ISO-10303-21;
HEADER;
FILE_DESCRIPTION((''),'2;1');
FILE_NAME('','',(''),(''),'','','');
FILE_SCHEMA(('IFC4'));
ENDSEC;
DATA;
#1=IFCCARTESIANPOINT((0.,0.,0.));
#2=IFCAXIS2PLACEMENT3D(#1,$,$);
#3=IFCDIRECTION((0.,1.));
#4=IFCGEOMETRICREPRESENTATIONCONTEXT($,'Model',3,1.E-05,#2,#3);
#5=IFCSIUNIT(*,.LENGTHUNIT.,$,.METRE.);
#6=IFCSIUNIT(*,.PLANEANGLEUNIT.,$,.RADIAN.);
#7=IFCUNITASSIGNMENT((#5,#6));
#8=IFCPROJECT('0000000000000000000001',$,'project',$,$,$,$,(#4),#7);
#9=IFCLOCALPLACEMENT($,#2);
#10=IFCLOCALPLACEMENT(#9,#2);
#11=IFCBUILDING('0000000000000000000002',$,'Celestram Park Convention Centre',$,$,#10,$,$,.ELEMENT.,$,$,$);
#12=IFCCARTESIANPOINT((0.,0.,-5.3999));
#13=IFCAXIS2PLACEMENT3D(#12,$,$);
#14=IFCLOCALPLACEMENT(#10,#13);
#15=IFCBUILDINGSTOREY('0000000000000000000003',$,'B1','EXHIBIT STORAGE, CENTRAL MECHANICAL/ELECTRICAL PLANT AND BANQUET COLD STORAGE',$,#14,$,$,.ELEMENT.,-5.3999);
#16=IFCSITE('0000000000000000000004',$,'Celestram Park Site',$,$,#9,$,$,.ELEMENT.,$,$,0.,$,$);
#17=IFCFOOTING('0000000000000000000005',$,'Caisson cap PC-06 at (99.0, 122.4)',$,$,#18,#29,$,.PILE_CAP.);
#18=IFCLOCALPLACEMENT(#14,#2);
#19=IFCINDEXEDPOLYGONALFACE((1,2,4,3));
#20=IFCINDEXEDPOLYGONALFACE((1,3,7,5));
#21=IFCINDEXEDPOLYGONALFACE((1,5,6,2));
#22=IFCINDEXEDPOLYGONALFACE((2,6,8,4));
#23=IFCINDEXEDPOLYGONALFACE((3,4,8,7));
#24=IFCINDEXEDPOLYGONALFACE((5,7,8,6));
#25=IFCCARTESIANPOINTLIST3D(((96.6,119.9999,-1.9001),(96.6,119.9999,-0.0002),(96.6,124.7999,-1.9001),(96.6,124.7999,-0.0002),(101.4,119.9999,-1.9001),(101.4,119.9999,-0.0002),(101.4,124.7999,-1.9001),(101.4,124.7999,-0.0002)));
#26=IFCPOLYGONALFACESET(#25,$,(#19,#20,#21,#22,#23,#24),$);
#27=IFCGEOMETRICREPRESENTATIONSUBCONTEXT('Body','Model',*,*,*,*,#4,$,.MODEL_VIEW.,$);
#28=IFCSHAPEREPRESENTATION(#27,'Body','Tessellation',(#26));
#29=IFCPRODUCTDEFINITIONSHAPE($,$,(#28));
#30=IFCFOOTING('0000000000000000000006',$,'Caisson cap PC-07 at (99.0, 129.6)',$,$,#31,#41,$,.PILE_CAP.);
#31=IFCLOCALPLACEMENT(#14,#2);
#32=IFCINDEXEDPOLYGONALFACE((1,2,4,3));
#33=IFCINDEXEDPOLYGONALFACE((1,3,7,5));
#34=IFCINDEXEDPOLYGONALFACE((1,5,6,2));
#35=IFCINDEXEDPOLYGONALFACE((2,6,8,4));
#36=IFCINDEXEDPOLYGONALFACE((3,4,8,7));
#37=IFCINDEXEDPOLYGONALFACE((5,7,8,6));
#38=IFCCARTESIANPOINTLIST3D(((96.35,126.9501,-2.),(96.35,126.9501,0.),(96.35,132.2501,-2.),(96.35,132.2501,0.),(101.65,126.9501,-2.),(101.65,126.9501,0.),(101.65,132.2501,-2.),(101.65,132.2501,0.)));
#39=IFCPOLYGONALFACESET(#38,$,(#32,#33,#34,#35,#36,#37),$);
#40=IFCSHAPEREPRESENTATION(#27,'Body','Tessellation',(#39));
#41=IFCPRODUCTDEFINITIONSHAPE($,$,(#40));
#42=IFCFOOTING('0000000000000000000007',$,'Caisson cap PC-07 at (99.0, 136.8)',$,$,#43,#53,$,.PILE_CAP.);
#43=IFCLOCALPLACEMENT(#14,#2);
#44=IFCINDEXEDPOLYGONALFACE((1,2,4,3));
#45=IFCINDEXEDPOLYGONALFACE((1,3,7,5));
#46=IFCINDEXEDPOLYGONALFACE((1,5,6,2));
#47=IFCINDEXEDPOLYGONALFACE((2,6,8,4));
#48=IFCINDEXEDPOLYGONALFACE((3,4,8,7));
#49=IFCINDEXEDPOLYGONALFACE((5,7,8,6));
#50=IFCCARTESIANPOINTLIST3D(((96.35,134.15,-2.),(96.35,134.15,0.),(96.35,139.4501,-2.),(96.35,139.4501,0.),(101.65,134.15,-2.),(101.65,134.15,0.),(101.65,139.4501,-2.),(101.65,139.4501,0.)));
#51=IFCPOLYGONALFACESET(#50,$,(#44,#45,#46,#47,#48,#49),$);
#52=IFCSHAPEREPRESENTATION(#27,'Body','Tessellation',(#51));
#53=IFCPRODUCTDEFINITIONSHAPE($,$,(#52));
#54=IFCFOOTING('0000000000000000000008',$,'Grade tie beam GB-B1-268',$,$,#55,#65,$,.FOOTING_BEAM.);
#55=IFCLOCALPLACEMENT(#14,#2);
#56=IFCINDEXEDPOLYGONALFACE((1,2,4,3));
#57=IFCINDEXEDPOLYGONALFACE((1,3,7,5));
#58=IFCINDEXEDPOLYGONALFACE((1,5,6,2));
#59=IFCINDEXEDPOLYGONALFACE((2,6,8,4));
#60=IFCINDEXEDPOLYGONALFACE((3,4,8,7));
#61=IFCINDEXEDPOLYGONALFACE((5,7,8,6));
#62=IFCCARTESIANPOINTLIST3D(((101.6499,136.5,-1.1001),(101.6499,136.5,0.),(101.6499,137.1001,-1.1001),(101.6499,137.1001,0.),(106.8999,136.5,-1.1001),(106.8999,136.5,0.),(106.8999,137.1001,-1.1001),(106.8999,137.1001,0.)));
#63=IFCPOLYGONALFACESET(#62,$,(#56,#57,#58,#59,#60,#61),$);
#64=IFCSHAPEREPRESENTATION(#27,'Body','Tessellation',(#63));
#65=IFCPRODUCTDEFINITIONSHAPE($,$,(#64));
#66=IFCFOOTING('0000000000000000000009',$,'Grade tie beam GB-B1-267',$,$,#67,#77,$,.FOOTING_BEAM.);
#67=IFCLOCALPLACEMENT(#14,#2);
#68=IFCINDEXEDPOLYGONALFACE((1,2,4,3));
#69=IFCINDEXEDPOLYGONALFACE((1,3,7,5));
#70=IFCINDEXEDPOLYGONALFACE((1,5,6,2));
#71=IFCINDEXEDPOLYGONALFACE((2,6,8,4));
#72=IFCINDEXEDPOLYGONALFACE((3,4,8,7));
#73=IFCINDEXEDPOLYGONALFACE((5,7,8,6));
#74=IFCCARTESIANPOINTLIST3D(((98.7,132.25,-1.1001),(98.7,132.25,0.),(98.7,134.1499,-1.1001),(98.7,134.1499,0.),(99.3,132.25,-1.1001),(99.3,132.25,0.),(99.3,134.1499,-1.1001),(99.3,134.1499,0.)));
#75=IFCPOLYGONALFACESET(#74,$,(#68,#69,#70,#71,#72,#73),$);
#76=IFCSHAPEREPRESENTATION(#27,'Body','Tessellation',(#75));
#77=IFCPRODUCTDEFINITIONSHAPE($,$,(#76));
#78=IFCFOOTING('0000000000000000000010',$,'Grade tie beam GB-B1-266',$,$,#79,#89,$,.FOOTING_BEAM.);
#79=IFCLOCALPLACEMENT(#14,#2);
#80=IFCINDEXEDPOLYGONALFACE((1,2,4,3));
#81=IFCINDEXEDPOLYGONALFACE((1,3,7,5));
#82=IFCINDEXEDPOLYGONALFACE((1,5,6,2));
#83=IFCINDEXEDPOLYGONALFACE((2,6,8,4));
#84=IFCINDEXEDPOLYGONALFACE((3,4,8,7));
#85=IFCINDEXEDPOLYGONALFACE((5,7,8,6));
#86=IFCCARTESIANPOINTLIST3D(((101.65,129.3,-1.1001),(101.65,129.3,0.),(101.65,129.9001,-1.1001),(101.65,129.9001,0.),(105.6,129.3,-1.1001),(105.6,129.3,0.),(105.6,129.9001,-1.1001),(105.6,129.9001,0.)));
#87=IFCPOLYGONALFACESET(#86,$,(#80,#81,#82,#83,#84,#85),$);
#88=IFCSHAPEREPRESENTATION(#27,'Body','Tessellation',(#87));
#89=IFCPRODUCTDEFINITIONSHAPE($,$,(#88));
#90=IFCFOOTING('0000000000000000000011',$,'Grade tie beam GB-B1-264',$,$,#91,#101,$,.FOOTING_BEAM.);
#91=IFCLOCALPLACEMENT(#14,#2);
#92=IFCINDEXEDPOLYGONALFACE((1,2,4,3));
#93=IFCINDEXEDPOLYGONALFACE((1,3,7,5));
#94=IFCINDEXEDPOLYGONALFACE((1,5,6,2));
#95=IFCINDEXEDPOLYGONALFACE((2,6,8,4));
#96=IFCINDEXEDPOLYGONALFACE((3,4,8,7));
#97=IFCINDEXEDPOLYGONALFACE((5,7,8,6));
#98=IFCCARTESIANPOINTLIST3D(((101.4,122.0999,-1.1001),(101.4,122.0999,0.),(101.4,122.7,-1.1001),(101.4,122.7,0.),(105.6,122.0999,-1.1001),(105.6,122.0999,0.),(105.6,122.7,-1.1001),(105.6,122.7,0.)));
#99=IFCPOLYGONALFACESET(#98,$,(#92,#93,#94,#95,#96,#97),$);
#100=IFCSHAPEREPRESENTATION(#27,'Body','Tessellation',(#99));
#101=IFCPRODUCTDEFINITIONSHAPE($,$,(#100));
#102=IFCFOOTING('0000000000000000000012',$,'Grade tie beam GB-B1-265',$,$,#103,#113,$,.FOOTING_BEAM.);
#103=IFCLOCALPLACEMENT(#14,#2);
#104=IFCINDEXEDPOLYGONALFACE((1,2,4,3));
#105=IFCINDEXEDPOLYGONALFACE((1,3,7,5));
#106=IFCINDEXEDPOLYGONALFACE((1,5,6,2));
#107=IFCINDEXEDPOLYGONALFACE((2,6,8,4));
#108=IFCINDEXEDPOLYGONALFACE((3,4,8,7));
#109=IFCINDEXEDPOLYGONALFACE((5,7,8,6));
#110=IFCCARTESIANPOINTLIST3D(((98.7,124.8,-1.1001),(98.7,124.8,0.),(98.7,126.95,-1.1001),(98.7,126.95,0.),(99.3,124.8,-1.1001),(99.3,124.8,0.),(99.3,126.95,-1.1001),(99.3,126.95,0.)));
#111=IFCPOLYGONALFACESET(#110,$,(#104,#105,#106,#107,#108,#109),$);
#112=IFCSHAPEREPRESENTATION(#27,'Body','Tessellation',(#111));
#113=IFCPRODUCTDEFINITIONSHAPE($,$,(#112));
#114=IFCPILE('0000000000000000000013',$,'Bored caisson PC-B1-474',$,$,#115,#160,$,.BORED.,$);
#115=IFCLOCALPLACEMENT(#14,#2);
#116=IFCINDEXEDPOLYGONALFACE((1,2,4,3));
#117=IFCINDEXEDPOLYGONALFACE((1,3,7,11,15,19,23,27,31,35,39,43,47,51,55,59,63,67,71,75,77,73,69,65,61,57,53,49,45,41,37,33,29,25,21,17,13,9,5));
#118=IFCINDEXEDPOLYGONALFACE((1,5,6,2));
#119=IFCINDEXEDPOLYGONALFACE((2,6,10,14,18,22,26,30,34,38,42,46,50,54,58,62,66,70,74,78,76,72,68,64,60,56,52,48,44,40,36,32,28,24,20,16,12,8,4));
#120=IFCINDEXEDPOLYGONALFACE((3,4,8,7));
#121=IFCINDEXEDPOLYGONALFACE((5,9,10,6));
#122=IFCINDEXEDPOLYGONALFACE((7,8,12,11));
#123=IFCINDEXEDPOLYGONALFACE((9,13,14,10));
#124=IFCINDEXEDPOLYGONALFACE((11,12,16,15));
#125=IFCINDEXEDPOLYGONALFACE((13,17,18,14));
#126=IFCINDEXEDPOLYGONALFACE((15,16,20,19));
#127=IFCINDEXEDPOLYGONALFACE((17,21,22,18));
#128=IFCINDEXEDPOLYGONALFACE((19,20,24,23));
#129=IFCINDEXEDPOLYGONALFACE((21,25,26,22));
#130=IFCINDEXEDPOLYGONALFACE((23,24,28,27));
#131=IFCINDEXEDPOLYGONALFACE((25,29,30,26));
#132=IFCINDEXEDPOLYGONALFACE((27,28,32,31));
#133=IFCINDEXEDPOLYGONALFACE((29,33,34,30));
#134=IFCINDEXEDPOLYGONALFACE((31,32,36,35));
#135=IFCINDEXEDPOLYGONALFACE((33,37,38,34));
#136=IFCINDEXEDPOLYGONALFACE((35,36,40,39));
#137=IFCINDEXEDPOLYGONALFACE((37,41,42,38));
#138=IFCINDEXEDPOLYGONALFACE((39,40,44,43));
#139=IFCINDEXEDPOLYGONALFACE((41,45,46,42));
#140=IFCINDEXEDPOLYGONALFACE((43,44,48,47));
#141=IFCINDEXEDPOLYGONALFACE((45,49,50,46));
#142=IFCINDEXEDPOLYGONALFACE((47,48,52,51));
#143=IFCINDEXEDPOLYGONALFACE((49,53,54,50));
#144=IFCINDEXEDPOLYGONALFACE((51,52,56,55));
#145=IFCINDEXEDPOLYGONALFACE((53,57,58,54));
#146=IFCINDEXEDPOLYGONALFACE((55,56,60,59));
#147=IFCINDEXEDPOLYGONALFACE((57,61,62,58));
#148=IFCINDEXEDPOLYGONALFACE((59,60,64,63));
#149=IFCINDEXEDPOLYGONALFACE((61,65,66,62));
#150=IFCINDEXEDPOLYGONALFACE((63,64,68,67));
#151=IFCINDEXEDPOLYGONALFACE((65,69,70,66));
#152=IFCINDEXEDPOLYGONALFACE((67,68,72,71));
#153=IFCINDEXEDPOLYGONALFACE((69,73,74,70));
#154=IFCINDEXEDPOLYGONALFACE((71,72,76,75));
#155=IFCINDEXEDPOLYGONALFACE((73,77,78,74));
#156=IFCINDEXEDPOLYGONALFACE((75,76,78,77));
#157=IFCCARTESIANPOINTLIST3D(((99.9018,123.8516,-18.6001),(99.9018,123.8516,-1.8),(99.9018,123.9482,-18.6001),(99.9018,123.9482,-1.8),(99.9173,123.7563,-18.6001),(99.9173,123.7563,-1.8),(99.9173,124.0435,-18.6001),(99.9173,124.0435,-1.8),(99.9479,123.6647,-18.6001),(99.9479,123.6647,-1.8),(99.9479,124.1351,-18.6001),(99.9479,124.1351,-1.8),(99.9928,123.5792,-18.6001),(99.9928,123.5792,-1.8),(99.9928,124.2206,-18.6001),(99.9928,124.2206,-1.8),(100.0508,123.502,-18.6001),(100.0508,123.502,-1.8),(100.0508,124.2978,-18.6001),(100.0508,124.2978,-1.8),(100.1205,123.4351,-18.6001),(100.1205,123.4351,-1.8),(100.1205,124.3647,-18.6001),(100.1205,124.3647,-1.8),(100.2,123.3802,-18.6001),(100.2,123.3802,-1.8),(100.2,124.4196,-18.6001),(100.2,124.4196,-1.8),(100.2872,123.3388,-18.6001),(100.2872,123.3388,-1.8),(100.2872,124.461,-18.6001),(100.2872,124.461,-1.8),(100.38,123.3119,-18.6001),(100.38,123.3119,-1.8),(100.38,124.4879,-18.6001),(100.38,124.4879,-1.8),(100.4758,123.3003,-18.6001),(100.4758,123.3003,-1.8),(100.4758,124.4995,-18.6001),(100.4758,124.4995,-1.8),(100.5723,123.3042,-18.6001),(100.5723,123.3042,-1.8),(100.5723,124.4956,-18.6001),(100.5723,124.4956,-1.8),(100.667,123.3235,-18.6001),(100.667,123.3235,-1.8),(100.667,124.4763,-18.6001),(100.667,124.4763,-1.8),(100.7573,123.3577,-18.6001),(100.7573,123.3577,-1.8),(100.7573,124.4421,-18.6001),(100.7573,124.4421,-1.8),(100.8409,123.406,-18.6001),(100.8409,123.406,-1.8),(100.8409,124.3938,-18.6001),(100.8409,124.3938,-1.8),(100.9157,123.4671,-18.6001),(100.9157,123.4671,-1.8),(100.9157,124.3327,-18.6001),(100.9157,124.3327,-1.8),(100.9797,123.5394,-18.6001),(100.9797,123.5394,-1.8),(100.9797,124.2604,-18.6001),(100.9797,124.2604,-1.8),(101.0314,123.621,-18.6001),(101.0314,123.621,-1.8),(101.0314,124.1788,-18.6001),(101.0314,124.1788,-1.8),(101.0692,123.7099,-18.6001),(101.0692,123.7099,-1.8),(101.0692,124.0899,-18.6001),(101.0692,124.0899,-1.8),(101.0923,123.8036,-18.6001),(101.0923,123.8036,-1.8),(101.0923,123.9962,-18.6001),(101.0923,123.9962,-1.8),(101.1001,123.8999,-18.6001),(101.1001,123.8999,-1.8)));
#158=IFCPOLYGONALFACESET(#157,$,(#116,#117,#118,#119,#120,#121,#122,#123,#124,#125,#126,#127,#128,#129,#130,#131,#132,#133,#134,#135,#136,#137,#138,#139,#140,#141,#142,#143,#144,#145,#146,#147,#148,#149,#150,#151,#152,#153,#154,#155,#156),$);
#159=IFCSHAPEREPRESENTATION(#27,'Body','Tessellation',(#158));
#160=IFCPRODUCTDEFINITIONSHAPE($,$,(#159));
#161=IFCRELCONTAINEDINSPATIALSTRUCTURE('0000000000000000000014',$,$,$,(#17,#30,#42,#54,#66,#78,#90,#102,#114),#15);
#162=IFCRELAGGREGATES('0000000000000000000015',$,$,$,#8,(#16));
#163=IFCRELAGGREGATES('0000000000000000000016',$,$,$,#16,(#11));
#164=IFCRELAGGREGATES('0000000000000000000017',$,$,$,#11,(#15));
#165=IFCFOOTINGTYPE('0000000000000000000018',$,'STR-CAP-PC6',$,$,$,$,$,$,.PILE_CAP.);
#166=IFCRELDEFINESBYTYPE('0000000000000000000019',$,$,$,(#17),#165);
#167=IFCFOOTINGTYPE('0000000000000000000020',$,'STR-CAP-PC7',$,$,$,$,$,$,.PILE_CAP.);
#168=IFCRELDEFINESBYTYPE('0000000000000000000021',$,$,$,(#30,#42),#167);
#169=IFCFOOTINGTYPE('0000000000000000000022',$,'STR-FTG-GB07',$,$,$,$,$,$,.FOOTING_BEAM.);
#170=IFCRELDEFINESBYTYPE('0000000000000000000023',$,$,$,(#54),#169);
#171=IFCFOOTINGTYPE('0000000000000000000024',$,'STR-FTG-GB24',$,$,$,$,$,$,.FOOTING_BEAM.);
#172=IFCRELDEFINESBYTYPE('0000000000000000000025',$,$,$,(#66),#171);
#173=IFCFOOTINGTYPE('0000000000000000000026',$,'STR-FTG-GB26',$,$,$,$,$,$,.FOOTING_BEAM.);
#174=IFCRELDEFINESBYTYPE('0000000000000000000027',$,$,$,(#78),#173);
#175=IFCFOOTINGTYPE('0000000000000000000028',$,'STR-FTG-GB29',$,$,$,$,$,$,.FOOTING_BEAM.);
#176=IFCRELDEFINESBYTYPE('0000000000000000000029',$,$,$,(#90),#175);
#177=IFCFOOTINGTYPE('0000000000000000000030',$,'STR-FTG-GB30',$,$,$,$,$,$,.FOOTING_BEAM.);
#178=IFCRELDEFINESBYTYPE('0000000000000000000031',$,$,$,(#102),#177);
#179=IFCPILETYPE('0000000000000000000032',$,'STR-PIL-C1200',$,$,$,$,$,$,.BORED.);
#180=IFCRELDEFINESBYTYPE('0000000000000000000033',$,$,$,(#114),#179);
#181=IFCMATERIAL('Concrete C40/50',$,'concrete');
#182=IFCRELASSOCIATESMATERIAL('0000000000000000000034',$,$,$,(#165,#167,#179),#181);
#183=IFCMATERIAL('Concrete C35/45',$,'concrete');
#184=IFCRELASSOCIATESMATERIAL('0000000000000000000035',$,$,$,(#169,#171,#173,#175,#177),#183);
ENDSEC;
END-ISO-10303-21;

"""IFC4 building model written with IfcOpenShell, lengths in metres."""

from ifc_helpers import new_model, si_unit, direction, frame, origin, origin_2d, place, context, subcontext, project, spatial, rectangle, circle, extrude, material, material_profile, profile_set, type_object, element, save


model = new_model("IFC4")

# Units and contexts
model_context = context("Model", 3, precision=1e-05, world=origin(), true_north=direction((0.0, 1.0)))
body_context = subcontext(model_context, "Body", "Model", "MODEL_VIEW")
ifc_project = project(units=[si_unit("LENGTHUNIT", "METRE"), si_unit("PLANEANGLEUNIT", "RADIAN")], contexts=[model_context])

# Site, building, storey
site_placement = place(None, origin())
site = spatial("IfcSite", under=ifc_project, at=site_placement, Name="Celestram Park Site", CompositionType="ELEMENT", RefElevation=0.0)
building_placement = place(site_placement, origin())
building = spatial("IfcBuilding", under=site, at=building_placement, Name="Celestram Park Convention Centre", CompositionType="ELEMENT")
storey_placement = place(building_placement, frame((0.0, 0.0, -5.3999)))
storey = spatial("IfcBuildingStorey", under=building, at=storey_placement, Name="B1", Description="EXHIBIT STORAGE, CENTRAL MECHANICAL/ELECTRICAL PLANT AND BANQUET COLD STORAGE", CompositionType="ELEMENT", Elevation=-5.3999)

# Footings
ifc_material_1 = material(Name="Concrete C40/50", Category="concrete")
footing_type_1 = type_object("IfcFootingType", Name="STR-CAP-PC6", PredefinedType="PILE_CAP", material=ifc_material_1)
footing_1_placement = place(storey_placement, frame((99.0, 122.3999, -1.9001), z_axis=(0.0, 0.0, 1.0), x_axis=(1.0, 0.0, 0.0)))
element("IfcFooting", 1, at=footing_1_placement, inside=storey, type_object=footing_type_1, Name="Caisson cap PC-06 at (99.0, 122.4)", PredefinedType="PILE_CAP", context=body_context, shape_type="SweptSolid", body=[
    extrude(rectangle(XDim=4.8, YDim=4.8, at=origin_2d()), origin(), (0.0, 0.0, 1.0), 1.8999),
])
footing_type_2 = type_object("IfcFootingType", Name="STR-CAP-PC7", PredefinedType="PILE_CAP", material=ifc_material_1)
for number, where, z_axis, x_axis, name in (
    (2, (99.0, 129.6001, -2.0), (0.0, 0.0, 1.0), (1.0, 0.0, 0.0), "Caisson cap PC-07 at (99.0, 129.6)"),
    (3, (99.0, 136.8, -2.0), (0.0, 0.0, 1.0), (1.0, 0.0, 0.0), "Caisson cap PC-07 at (99.0, 136.8)"),
):
    element("IfcFooting", number, at=place(storey_placement, frame(where, z_axis=z_axis, x_axis=x_axis)), inside=storey, type_object=footing_type_2, Name=name, PredefinedType="PILE_CAP", context=body_context, shape_type="SweptSolid", body=[
        extrude(rectangle(XDim=5.3, YDim=5.3, at=origin_2d()), origin(), (0.0, 0.0, 1.0), 2.0),
    ])
ifc_material_2 = material(Name="Concrete C35/45", Category="concrete")
footing_type_3 = type_object("IfcFootingType", Name="STR-FTG-GB07", PredefinedType="FOOTING_BEAM", material=ifc_material_2)
footing_2_placement = place(storey_placement, frame((104.2749, 136.8, -1.1001), z_axis=(0.0, 0.0, 1.0), x_axis=(1.0, 0.0, 0.0)))
element("IfcFooting", 4, at=footing_2_placement, inside=storey, type_object=footing_type_3, Name="Grade tie beam GB-B1-268", PredefinedType="FOOTING_BEAM", context=body_context, shape_type="SweptSolid", body=[
    extrude(rectangle(XDim=5.25, YDim=0.6001, at=origin_2d()), origin(), (0.0, 0.0, 1.0), 1.1001),
])
footing_type_4 = type_object("IfcFootingType", Name="STR-FTG-GB24", PredefinedType="FOOTING_BEAM", material=ifc_material_2)
footing_3_placement = place(storey_placement, frame((99.0, 133.2, -1.1001), z_axis=(0.0, 0.0, 1.0), x_axis=(0.0, 1.0, 0.0)))
element("IfcFooting", 5, at=footing_3_placement, inside=storey, type_object=footing_type_4, Name="Grade tie beam GB-B1-267", PredefinedType="FOOTING_BEAM", context=body_context, shape_type="SweptSolid", body=[
    extrude(rectangle(XDim=1.8999, YDim=0.6001, at=origin_2d()), origin(), (0.0, 0.0, 1.0), 1.1001),
])
footing_type_5 = type_object("IfcFootingType", Name="STR-FTG-GB26", PredefinedType="FOOTING_BEAM", material=ifc_material_2)
footing_4_placement = place(storey_placement, frame((103.625, 129.6001, -1.1001), z_axis=(0.0, 0.0, 1.0), x_axis=(1.0, 0.0, 0.0)))
element("IfcFooting", 6, at=footing_4_placement, inside=storey, type_object=footing_type_5, Name="Grade tie beam GB-B1-266", PredefinedType="FOOTING_BEAM", context=body_context, shape_type="SweptSolid", body=[
    extrude(rectangle(XDim=3.95, YDim=0.6001, at=origin_2d()), origin(), (0.0, 0.0, 1.0), 1.1001),
])
footing_type_6 = type_object("IfcFootingType", Name="STR-FTG-GB29", PredefinedType="FOOTING_BEAM", material=ifc_material_2)
footing_5_placement = place(storey_placement, frame((103.5, 122.3999, -1.1001), z_axis=(0.0, 0.0, 1.0), x_axis=(1.0, 0.0, 0.0)))
element("IfcFooting", 7, at=footing_5_placement, inside=storey, type_object=footing_type_6, Name="Grade tie beam GB-B1-264", PredefinedType="FOOTING_BEAM", context=body_context, shape_type="SweptSolid", body=[
    extrude(rectangle(XDim=4.2, YDim=0.6001, at=origin_2d()), origin(), (0.0, 0.0, 1.0), 1.1001),
])
footing_type_7 = type_object("IfcFootingType", Name="STR-FTG-GB30", PredefinedType="FOOTING_BEAM", material=ifc_material_2)
footing_6_placement = place(storey_placement, frame((99.0, 125.875, -1.1001), z_axis=(0.0, 0.0, 1.0), x_axis=(0.0, 1.0, 0.0)))
element("IfcFooting", 8, at=footing_6_placement, inside=storey, type_object=footing_type_7, Name="Grade tie beam GB-B1-265", PredefinedType="FOOTING_BEAM", context=body_context, shape_type="SweptSolid", body=[
    extrude(rectangle(XDim=2.1499, YDim=0.6001, at=origin_2d()), origin(), (0.0, 0.0, 1.0), 1.1001),
])

# Pile
ifc_material_profile_1 = material_profile(ifc_material_1, circle(Radius=0.6001, at=origin_2d()), Name="CAISSON1200")
ifc_profile_set_1 = profile_set([ifc_material_profile_1], Name="Concrete C40/50")
pile_type_1 = type_object("IfcPileType", Name="STR-PIL-C1200", PredefinedType="BORED", material=ifc_profile_set_1)
for number, where, z_axis, x_axis, name in (
    (9, (100.5, 123.8999, -1.8), (0.0, 0.0, -1.0), (1.0, 0.0, 0.0), "Bored caisson PC-B1-474"),
):
    element("IfcPile", number, at=place(storey_placement, frame(where, z_axis=z_axis, x_axis=x_axis)), inside=storey, type_object=pile_type_1, Name=name, PredefinedType="BORED", context=body_context, shape_type="SweptSolid", body=[
        extrude(circle(Radius=0.6001, at=origin_2d()), origin(), (0.0, 0.0, 1.0), 16.8),
    ])

save(model, "model.ifc")
